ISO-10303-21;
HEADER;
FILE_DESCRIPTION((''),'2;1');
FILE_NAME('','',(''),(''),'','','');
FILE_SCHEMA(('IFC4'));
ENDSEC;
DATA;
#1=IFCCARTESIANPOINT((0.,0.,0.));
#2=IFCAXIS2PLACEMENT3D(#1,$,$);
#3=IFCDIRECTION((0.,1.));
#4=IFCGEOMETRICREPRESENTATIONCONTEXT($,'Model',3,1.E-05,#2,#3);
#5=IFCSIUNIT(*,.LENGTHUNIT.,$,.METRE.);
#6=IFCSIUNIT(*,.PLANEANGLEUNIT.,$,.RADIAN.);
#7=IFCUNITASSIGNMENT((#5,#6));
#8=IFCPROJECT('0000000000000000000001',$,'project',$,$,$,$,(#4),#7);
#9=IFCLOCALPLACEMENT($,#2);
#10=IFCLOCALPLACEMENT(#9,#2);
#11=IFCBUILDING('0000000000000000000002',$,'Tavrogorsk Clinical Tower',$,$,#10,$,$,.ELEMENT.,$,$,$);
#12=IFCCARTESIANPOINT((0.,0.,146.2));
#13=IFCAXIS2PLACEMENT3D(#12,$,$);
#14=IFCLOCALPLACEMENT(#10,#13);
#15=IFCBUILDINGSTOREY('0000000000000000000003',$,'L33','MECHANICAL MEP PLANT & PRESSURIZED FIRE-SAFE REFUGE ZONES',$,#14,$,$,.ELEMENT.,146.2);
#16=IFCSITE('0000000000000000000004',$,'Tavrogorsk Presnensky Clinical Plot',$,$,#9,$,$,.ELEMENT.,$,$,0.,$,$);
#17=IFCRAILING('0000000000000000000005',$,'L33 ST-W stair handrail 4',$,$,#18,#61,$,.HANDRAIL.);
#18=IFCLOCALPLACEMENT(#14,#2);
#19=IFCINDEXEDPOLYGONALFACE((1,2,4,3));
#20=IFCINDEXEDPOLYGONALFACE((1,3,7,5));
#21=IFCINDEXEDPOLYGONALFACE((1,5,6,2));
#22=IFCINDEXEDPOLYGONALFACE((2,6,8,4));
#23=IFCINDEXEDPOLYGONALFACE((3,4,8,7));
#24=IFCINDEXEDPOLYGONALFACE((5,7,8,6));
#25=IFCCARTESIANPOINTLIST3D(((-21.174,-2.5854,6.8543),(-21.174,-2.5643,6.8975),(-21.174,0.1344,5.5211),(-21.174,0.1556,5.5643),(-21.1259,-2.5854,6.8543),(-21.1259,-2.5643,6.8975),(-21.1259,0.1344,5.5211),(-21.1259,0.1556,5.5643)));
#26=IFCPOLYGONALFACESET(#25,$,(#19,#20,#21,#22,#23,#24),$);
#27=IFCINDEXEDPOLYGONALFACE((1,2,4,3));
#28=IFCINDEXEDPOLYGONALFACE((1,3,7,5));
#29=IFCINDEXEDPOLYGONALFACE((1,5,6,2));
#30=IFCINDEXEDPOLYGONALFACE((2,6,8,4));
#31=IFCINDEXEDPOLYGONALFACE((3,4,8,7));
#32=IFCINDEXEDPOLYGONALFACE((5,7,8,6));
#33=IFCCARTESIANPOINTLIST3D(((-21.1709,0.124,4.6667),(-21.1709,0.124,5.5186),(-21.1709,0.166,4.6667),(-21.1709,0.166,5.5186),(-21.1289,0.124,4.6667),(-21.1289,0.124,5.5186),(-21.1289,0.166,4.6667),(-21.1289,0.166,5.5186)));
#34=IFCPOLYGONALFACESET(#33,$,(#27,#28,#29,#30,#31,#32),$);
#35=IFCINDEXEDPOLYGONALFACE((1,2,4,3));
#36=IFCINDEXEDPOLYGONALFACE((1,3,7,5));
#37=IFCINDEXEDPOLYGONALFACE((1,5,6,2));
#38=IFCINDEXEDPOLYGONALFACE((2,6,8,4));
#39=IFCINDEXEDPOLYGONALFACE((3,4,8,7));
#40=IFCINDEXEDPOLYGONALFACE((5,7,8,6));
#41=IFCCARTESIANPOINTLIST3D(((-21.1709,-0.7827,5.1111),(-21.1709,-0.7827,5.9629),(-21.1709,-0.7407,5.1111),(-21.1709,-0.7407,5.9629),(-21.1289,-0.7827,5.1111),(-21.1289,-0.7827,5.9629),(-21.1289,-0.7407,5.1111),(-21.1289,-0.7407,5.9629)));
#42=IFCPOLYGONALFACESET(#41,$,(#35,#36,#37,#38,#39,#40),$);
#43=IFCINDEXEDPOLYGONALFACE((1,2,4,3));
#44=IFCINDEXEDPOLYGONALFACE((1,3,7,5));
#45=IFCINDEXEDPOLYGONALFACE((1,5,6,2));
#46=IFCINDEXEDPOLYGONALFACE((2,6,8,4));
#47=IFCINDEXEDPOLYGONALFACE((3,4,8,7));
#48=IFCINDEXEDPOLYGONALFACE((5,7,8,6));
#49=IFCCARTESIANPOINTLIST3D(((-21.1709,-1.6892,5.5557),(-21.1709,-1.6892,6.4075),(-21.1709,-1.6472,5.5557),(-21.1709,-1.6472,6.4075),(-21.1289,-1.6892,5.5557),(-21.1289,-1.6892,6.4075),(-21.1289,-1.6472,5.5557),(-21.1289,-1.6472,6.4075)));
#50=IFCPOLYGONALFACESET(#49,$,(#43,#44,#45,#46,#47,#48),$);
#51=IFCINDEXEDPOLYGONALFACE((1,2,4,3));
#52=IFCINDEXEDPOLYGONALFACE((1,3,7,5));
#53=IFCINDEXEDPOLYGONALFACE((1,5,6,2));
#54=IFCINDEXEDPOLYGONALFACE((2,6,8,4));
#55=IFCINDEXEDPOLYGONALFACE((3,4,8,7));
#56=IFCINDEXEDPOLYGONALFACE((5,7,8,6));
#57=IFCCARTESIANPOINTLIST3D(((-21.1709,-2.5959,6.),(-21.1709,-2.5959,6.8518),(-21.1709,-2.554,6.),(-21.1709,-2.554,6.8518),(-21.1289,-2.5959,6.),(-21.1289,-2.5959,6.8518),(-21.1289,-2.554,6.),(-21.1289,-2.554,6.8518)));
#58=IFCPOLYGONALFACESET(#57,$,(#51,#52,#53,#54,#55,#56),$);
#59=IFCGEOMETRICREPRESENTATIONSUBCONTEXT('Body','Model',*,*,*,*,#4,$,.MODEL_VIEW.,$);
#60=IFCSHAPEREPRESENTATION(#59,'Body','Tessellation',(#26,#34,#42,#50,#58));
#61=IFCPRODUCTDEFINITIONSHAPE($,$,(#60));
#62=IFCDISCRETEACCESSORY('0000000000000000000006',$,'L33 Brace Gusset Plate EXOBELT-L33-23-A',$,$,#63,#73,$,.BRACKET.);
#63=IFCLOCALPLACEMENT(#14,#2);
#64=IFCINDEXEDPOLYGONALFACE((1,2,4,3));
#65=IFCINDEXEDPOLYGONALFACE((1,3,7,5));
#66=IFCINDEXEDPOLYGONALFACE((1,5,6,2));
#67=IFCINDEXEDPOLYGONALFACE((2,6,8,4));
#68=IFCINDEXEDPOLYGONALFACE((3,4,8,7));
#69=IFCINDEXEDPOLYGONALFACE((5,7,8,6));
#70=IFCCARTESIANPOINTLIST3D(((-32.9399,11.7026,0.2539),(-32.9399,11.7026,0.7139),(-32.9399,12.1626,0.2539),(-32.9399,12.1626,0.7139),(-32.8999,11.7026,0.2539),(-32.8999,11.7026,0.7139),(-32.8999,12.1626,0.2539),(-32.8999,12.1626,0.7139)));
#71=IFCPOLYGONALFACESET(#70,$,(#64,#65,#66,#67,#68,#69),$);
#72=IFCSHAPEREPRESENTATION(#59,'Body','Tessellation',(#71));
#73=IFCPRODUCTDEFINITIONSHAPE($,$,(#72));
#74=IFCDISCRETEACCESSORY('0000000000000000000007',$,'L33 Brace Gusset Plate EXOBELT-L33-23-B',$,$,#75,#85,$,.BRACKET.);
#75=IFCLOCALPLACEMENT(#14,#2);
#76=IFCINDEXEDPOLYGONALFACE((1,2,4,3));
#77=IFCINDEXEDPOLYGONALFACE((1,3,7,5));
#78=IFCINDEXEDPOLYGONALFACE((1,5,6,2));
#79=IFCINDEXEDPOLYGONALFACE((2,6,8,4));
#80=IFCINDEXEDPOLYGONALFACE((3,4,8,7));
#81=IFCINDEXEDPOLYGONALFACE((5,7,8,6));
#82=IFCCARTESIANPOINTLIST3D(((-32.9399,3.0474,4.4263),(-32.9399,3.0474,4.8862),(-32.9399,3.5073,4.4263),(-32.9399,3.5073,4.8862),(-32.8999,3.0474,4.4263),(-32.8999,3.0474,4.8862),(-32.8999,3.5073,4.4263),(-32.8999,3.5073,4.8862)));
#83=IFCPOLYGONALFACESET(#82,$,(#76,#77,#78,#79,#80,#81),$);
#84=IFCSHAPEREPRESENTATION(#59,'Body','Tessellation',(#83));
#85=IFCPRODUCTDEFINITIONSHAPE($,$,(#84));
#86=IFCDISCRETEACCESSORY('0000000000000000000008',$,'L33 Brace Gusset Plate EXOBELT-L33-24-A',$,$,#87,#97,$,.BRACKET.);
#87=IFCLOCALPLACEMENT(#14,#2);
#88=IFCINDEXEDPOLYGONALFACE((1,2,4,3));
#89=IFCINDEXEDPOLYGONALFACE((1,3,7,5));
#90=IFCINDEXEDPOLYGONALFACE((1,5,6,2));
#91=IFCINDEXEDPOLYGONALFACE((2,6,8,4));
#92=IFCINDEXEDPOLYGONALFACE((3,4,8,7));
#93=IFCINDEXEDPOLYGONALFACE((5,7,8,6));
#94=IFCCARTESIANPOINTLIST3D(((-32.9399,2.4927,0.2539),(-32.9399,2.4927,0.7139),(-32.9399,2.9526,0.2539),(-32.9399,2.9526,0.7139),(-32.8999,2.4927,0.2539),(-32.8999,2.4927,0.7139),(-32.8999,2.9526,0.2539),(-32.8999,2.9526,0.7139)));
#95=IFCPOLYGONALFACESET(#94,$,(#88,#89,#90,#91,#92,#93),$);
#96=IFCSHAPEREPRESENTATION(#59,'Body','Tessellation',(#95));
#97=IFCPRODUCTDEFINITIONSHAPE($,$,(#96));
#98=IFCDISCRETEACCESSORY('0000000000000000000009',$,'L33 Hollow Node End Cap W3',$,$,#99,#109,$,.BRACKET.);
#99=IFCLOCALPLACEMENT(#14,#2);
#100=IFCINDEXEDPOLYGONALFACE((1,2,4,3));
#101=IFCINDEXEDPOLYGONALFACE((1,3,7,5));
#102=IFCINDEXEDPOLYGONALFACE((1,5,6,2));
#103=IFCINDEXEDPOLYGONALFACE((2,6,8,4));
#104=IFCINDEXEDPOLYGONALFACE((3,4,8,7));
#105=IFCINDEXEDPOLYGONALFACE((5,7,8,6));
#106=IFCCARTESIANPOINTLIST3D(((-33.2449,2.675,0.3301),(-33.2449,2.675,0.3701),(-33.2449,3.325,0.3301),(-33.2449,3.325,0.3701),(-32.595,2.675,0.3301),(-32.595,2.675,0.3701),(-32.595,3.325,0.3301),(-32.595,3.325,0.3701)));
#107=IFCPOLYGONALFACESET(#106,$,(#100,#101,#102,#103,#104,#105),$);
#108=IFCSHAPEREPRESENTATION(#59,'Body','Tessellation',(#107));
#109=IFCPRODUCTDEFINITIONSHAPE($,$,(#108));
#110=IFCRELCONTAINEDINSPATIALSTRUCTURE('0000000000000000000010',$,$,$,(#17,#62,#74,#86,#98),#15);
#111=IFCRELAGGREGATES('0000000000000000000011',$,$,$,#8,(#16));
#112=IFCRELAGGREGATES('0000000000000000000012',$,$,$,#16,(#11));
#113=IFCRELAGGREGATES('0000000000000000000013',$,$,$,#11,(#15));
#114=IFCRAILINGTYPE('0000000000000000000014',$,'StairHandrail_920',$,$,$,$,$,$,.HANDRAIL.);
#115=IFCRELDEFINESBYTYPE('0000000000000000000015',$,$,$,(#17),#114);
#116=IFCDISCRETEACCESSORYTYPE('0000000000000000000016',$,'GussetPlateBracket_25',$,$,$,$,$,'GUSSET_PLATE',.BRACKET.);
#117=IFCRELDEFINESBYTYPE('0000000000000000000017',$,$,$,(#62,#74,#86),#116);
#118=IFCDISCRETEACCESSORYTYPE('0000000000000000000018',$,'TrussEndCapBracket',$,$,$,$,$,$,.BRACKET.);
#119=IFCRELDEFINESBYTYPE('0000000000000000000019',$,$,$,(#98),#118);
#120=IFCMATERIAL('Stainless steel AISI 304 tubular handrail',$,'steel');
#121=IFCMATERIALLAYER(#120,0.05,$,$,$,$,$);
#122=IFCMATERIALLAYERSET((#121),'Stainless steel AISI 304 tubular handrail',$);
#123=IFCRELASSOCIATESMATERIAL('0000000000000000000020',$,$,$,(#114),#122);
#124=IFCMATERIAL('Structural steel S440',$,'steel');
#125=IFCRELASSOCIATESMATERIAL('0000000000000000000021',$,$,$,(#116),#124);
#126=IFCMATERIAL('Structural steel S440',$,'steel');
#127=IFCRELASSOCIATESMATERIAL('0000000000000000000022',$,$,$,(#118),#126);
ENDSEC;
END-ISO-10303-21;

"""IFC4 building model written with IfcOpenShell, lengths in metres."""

from ifc_helpers import new_model, si_unit, direction, frame, origin, origin_2d, place, context, subcontext, project, spatial, rectangle, extrude, material, layer, layer_set, type_object, element, save


model = new_model("IFC4")

# Units and contexts
model_context = context("Model", 3, precision=1e-05, world=origin(), true_north=direction((0.0, 1.0)))
body_context = subcontext(model_context, "Body", "Model", "MODEL_VIEW")
ifc_project = project(units=[si_unit("LENGTHUNIT", "METRE"), si_unit("PLANEANGLEUNIT", "RADIAN")], contexts=[model_context])

# Site, building, storey
site_placement = place(None, origin())
site = spatial("IfcSite", under=ifc_project, at=site_placement, Name="Tavrogorsk Presnensky Clinical Plot", CompositionType="ELEMENT", RefElevation=0.0)
building_placement = place(site_placement, origin())
building = spatial("IfcBuilding", under=site, at=building_placement, Name="Tavrogorsk Clinical Tower", CompositionType="ELEMENT")
storey_placement = place(building_placement, frame((0.0, 0.0, 146.2)))
storey = spatial("IfcBuildingStorey", under=building, at=storey_placement, Name="L33", Description="MECHANICAL MEP PLANT & PRESSURIZED FIRE-SAFE REFUGE ZONES", CompositionType="ELEMENT", Elevation=146.2)

# Railing
ifc_material_1 = material(Name="Stainless steel AISI 304 tubular handrail", Category="steel")
ifc_layer_1 = layer(ifc_material_1, 0.05)
ifc_layer_set_1 = layer_set([ifc_layer_1], Name="Stainless steel AISI 304 tubular handrail")
railing_type_1 = type_object("IfcRailingType", Name="StairHandrail_920", PredefinedType="HANDRAIL", material=ifc_layer_set_1)
for number, where, name in (
    (1, (-21.1499, 0.145, 4.6667), "L33 ST-W stair handrail 4"),
):
    element("IfcRailing", number, at=place(storey_placement, frame(where)), inside=storey, type_object=railing_type_1, Name=name, PredefinedType="HANDRAIL", context=body_context, shape_type="SweptSolid", body=[
        extrude(rectangle(XDim=0.0481, YDim=0.0481, at=origin_2d()), frame((0.0, 0.0, 0.876), z_axis=(0.0, -0.897929, 0.440139), x_axis=(1.0, 0.0, 0.0)), (0.0, 0.0, 1.0), 3.0291),
        extrude(rectangle(XDim=0.042, YDim=0.042, at=origin_2d()), origin(), (0.0, 0.0, 1.0), 0.8518),
        extrude(rectangle(XDim=0.042, YDim=0.042, at=origin_2d()), frame((0.0, -0.9067, 0.4443)), (0.0, 0.0, 1.0), 0.8518),
        extrude(rectangle(XDim=0.042, YDim=0.042, at=origin_2d()), frame((0.0, -1.8132, 0.8889)), (0.0, 0.0, 1.0), 0.8518),
        extrude(rectangle(XDim=0.042, YDim=0.042, at=origin_2d()), frame((0.0, -2.72, 1.3333)), (0.0, 0.0, 1.0), 0.8518),
    ])

# Discrete accessories
ifc_material_2 = material(Name="Structural steel S440", Category="steel")
discrete_accessory_type_1 = type_object("IfcDiscreteAccessoryType", Name="GussetPlateBracket_25", ElementType="GUSSET_PLATE", PredefinedType="BRACKET", material=ifc_material_2)
for number, where, z_axis, x_axis, name in (
    (2, (-32.9199, 11.9326, 0.2539), (0.0, 0.0, 1.0), (0.0, -1.0, 0.0), "L33 Brace Gusset Plate EXOBELT-L33-23-A"),
    (3, (-32.9199, 3.2773, 4.4263), (0.0, 0.0, 1.0), (0.0, -1.0, 0.0), "L33 Brace Gusset Plate EXOBELT-L33-23-B"),
    (4, (-32.9199, 2.7227, 0.2539), (0.0, 0.0, 1.0), (0.0, -1.0, 0.0), "L33 Brace Gusset Plate EXOBELT-L33-24-A"),
):
    element("IfcDiscreteAccessory", number, at=place(storey_placement, frame(where, z_axis=z_axis, x_axis=x_axis)), inside=storey, type_object=discrete_accessory_type_1, Name=name, PredefinedType="BRACKET", context=body_context, shape_type="SweptSolid", body=[
        extrude(rectangle(XDim=0.46, YDim=0.04, at=origin_2d()), origin(), (0.0, 0.0, 1.0), 0.46),
    ])
ifc_material_3 = material(Name="Structural steel S440", Category="steel")
discrete_accessory_type_2 = type_object("IfcDiscreteAccessoryType", Name="TrussEndCapBracket", PredefinedType="BRACKET", material=ifc_material_3)
discrete_accessory_placement = place(storey_placement, frame((-32.9199, 3.0, 0.3301), z_axis=(0.0, 0.0, 1.0), x_axis=(1.0, 0.0, 0.0)))
element("IfcDiscreteAccessory", 5, at=discrete_accessory_placement, inside=storey, type_object=discrete_accessory_type_2, Name="L33 Hollow Node End Cap W3", PredefinedType="BRACKET", context=body_context, shape_type="SweptSolid", body=[
    extrude(rectangle(XDim=0.6499, YDim=0.6499, at=origin_2d()), origin(), (0.0, 0.0, 1.0), 0.04),
])

save(model, "model.ifc")
